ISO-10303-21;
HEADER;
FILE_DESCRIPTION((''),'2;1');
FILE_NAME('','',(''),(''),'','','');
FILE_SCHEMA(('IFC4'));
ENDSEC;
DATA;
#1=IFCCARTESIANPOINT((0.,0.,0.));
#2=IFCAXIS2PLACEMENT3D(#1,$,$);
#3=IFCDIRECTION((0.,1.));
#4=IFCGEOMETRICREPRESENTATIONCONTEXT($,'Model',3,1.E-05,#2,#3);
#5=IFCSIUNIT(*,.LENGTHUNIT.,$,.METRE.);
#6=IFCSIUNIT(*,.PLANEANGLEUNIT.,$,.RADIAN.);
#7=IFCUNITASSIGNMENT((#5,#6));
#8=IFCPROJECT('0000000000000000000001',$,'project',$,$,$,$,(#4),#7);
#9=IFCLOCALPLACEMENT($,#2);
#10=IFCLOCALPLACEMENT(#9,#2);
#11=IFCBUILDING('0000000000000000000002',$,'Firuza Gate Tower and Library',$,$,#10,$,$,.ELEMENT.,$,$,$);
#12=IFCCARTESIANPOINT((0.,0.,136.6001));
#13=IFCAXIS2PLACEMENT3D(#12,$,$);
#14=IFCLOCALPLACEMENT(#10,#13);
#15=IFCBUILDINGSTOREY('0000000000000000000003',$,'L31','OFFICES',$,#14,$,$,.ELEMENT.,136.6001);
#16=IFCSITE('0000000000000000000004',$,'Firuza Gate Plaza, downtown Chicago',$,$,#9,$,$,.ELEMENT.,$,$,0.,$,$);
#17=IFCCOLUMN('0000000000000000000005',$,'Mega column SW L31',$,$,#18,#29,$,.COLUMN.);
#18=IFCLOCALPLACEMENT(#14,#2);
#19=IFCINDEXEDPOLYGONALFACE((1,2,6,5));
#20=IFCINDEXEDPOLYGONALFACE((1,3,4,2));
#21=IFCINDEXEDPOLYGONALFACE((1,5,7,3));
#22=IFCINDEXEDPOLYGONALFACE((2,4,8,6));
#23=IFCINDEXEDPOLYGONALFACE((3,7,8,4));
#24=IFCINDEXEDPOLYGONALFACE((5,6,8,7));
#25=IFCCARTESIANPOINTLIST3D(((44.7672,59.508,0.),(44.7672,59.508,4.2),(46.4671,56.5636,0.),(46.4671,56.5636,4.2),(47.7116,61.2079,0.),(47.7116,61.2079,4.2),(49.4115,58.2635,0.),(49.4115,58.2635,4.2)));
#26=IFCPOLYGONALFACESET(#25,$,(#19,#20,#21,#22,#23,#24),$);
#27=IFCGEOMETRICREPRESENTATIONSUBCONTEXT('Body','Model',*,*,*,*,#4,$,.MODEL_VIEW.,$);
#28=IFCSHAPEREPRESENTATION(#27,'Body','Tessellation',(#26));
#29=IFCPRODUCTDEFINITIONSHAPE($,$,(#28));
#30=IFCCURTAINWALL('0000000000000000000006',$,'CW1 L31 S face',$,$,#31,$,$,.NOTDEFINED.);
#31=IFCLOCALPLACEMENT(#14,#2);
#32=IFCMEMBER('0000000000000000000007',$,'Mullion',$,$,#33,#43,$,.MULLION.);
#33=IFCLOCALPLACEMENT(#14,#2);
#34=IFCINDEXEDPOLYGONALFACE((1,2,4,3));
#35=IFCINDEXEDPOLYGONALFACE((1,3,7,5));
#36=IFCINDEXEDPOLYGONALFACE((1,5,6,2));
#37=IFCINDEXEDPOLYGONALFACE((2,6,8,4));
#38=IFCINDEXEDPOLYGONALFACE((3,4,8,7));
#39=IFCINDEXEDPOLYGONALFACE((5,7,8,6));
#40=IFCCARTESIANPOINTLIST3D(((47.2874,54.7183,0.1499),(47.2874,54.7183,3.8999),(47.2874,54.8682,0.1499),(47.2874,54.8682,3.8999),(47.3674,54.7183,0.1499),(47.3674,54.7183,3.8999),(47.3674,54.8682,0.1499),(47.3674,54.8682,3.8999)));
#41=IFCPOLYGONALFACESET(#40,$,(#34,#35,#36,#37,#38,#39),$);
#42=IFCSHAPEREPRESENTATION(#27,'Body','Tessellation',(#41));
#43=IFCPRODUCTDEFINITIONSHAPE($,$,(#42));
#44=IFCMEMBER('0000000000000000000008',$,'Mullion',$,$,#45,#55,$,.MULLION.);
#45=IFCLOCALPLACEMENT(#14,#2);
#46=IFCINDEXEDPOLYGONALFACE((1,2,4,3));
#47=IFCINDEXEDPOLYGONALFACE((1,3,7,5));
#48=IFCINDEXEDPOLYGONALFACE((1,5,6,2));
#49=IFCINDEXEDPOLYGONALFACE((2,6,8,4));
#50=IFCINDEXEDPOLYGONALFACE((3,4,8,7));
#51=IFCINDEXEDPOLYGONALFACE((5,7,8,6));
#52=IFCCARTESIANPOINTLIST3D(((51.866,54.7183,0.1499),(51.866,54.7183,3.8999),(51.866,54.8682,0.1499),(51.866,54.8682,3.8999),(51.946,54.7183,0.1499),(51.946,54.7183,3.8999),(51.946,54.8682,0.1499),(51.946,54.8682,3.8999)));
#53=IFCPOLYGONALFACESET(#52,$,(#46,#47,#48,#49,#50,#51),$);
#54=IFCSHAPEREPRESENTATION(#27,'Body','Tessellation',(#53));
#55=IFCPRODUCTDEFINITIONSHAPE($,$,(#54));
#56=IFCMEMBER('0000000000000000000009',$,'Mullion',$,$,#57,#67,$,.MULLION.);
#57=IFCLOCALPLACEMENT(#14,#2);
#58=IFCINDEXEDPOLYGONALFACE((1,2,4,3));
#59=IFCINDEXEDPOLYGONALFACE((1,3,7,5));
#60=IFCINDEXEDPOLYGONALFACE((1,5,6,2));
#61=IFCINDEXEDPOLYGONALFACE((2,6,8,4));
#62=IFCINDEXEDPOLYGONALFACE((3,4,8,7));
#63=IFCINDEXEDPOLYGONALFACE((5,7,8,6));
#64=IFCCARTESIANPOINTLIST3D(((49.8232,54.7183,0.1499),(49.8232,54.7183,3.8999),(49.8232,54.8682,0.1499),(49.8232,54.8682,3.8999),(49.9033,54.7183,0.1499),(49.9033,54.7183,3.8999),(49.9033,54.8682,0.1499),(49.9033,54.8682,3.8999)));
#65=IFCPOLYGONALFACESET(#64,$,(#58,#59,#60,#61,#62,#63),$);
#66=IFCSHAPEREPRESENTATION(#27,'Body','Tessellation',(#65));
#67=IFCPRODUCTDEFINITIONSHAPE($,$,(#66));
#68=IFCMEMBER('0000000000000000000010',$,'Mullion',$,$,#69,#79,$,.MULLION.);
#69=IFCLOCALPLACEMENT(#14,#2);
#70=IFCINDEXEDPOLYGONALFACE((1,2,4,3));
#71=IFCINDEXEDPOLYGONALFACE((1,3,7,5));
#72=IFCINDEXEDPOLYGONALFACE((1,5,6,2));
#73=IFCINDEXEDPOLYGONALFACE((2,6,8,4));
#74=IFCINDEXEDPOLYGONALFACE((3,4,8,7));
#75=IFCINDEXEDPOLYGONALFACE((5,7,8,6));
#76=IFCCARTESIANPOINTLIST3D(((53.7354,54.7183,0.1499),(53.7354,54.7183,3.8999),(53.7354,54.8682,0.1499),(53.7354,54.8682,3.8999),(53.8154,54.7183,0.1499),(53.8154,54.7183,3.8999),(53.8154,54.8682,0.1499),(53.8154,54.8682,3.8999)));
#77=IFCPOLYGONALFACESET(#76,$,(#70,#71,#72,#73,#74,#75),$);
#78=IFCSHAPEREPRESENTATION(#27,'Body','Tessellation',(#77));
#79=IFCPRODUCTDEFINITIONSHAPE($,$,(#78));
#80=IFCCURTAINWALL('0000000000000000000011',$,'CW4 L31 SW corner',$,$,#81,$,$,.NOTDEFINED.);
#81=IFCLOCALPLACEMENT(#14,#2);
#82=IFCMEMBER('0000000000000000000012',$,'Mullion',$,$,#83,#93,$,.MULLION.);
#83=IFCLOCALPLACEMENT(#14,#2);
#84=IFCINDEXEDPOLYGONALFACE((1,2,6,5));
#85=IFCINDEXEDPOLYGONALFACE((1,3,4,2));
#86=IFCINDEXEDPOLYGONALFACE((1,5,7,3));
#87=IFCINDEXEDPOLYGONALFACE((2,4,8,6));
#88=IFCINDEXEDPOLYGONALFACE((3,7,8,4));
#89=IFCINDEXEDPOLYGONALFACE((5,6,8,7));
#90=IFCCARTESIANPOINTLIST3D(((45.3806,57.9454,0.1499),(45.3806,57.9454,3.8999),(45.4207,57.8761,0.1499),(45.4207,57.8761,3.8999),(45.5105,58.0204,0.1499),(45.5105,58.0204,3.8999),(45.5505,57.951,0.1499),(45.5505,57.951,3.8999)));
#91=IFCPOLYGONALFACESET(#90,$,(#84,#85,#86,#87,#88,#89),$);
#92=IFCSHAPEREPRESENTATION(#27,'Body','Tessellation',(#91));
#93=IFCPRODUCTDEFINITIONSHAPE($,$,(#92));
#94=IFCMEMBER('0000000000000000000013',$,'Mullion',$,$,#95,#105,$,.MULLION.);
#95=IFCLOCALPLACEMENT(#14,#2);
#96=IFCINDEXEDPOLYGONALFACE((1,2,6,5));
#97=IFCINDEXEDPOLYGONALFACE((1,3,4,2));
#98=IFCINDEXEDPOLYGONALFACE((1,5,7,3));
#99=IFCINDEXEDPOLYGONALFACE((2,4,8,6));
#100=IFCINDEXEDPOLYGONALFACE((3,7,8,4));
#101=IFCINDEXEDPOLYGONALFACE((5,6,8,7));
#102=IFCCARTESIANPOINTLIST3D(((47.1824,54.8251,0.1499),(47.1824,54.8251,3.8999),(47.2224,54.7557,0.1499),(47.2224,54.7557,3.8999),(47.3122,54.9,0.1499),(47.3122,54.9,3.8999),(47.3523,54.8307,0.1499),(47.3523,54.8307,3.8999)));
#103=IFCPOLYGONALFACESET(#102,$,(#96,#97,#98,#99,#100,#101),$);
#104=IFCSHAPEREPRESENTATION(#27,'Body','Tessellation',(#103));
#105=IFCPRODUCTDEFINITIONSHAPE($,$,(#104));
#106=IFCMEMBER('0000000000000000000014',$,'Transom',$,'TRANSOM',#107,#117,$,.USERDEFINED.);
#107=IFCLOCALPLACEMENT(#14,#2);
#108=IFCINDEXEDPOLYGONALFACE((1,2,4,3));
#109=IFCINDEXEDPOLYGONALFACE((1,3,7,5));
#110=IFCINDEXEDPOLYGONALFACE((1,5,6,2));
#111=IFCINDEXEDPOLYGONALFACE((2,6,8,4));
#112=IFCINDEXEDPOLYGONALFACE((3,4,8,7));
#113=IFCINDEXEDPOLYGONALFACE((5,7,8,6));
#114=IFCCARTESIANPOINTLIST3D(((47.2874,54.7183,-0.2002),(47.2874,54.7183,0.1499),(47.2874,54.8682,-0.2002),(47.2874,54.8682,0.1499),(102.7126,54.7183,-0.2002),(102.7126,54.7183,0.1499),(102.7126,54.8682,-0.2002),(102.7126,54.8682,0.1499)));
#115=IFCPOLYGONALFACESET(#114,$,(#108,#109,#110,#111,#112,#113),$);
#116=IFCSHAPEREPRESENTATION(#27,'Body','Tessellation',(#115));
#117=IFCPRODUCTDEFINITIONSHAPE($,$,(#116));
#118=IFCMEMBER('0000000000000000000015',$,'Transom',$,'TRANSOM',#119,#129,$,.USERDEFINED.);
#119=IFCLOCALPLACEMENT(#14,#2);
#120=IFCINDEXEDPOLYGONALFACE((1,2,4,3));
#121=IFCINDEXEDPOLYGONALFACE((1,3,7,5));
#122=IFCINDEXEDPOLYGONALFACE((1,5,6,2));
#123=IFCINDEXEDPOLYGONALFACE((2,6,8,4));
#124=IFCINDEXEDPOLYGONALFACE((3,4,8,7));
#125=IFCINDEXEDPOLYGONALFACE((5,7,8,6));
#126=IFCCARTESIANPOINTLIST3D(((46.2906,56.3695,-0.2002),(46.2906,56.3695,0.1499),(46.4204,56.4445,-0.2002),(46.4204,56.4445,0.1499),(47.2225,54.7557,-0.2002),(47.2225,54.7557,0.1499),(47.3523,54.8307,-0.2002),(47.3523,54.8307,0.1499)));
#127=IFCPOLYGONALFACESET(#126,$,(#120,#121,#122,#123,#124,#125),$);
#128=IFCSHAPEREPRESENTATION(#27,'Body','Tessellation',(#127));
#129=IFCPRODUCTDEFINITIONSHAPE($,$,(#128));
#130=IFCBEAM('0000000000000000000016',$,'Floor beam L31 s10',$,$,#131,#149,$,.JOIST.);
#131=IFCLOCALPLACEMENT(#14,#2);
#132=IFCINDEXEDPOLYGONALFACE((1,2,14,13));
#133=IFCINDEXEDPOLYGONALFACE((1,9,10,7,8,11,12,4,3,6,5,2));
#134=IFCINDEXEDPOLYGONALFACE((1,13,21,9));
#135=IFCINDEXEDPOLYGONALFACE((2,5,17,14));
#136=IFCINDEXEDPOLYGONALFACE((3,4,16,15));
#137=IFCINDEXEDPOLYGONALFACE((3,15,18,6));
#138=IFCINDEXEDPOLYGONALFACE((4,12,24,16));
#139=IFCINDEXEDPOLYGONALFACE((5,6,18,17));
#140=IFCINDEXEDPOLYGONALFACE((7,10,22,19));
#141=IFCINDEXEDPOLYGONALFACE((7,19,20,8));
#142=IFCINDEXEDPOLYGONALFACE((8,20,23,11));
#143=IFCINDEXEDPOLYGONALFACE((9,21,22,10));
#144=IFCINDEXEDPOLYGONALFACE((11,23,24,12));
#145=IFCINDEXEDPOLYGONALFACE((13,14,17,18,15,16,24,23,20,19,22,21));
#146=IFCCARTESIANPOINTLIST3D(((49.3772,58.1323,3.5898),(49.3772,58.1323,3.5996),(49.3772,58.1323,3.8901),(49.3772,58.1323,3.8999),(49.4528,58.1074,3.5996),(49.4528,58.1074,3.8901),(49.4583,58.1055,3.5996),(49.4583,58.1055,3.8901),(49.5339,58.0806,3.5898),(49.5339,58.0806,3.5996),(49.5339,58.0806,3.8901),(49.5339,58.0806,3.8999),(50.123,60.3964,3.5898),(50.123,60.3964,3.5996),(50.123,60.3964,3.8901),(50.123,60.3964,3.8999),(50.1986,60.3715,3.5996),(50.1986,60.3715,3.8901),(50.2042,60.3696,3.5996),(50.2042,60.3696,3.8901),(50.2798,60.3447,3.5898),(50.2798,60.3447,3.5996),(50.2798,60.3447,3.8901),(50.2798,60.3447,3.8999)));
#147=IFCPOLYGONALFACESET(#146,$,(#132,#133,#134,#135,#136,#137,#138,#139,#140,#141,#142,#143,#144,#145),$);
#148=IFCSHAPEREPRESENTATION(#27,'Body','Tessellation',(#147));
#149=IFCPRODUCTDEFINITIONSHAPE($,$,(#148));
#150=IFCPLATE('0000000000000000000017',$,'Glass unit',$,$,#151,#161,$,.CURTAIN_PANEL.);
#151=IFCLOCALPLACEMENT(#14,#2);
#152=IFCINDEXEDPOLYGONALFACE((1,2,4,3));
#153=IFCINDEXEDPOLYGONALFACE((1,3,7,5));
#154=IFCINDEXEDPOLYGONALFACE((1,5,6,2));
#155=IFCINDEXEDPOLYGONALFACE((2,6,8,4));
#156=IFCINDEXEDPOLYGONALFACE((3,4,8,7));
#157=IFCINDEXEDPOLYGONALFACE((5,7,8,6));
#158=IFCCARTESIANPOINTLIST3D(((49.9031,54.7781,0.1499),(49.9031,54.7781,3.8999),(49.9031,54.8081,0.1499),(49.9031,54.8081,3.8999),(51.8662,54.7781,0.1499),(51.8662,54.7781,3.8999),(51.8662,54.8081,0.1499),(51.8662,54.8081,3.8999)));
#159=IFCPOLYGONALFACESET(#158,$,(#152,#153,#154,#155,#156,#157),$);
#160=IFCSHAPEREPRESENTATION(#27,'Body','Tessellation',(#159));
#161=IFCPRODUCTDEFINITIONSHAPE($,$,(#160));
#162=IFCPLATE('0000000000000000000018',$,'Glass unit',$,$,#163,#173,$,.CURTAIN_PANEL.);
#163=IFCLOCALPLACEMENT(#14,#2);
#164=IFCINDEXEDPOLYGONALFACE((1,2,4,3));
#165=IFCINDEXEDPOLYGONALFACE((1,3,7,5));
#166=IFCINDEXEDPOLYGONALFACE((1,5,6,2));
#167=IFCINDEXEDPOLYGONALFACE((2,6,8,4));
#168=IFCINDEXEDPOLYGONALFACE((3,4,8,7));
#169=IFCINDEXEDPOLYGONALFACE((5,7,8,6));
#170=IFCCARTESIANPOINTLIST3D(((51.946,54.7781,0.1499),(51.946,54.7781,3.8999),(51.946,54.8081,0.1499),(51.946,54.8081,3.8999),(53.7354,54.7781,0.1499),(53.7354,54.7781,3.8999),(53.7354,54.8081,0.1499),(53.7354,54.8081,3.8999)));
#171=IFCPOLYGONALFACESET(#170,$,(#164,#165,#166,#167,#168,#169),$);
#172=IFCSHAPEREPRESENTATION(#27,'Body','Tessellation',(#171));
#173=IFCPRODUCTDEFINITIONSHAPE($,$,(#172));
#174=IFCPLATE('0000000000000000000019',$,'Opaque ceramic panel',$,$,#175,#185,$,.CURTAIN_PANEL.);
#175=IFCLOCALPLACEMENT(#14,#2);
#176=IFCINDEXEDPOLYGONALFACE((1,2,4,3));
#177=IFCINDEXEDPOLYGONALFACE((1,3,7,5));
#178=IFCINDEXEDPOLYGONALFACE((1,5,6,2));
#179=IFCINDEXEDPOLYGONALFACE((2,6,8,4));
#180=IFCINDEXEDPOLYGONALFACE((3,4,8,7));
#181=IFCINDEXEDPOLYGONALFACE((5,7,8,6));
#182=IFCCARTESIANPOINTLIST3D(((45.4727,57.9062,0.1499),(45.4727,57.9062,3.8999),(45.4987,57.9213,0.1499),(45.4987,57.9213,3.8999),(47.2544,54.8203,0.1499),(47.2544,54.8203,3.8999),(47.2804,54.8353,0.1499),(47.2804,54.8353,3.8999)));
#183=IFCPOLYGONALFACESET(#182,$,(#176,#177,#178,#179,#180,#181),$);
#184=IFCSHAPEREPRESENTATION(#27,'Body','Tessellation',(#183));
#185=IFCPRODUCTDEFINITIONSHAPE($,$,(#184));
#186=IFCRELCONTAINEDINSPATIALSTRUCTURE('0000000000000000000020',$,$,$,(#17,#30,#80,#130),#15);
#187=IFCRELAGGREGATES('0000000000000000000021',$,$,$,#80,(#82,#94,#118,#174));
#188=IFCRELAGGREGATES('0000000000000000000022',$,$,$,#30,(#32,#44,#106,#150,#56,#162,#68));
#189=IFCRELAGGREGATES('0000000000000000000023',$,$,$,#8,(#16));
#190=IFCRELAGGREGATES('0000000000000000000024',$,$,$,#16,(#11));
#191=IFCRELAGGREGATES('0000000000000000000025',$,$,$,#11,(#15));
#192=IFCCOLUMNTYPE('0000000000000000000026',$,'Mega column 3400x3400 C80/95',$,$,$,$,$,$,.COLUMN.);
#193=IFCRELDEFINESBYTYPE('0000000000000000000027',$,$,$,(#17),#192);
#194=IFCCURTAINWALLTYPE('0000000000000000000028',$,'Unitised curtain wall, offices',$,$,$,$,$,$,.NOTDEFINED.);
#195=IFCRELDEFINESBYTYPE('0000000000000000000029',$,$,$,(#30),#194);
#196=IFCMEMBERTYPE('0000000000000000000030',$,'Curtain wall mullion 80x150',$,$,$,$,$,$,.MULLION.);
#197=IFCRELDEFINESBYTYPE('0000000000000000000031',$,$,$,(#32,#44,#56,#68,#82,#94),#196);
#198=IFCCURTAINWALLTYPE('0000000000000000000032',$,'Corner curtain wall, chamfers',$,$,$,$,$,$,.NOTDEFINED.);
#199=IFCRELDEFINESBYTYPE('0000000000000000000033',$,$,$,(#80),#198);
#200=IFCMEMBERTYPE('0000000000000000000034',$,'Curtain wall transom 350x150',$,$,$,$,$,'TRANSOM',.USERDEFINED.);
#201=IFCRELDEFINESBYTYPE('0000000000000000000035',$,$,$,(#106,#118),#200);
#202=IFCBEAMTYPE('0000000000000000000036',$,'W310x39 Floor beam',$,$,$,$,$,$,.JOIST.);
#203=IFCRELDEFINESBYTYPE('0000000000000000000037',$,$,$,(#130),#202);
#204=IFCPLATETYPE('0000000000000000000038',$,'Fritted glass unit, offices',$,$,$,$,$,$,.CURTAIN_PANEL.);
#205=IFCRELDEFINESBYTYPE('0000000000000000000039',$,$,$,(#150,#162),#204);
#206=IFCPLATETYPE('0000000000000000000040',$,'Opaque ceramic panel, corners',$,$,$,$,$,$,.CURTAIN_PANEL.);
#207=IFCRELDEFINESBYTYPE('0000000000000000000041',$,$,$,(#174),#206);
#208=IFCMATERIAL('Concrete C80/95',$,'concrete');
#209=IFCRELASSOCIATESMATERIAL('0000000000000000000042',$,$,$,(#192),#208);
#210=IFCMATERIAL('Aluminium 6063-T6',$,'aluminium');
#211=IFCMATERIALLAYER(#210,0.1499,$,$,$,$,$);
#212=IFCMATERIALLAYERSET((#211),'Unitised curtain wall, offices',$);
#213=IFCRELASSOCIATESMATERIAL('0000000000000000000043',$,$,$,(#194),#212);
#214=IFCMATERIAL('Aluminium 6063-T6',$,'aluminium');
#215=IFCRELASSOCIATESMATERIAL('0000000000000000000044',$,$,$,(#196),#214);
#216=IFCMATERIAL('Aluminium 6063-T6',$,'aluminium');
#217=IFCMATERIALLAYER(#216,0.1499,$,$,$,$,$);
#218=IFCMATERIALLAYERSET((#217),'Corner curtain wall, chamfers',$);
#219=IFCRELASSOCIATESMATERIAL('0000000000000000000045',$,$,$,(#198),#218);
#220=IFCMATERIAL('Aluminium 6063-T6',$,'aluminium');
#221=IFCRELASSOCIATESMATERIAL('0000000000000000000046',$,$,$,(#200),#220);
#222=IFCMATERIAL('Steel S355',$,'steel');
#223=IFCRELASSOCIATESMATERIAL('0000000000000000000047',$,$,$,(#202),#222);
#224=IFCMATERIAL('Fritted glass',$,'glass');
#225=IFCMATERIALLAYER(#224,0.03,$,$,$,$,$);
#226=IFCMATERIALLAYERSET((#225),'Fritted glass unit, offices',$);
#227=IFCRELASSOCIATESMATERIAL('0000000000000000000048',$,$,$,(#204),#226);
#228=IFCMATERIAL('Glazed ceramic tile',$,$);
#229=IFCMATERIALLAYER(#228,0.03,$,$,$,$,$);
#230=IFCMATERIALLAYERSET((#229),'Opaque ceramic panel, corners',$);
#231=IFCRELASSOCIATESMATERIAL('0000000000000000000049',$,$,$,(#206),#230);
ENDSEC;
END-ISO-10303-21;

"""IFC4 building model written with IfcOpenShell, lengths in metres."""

from ifc_helpers import new_model, si_unit, direction, frame, origin, origin_2d, place, context, subcontext, project, spatial, polyline, rectangle, i_section, outline, extrude, material, layer, layer_set, material_profile, profile_set, type_object, element, aggregate, save


model = new_model("IFC4")

# Units and contexts
model_context = context("Model", 3, precision=1e-05, world=origin(), true_north=direction((0.0, 1.0)))
body_context = subcontext(model_context, "Body", "Model", "MODEL_VIEW")
ifc_project = project(units=[si_unit("LENGTHUNIT", "METRE"), si_unit("PLANEANGLEUNIT", "RADIAN")], contexts=[model_context])

# Site, building, storey
site_placement = place(None, origin())
site = spatial("IfcSite", under=ifc_project, at=site_placement, Name="Firuza Gate Plaza, downtown Chicago", CompositionType="ELEMENT", RefElevation=0.0)
building_placement = place(site_placement, origin())
building = spatial("IfcBuilding", under=site, at=building_placement, Name="Firuza Gate Tower and Library", CompositionType="ELEMENT")
storey_placement = place(building_placement, frame((0.0, 0.0, 136.6001)))
storey = spatial("IfcBuildingStorey", under=building, at=storey_placement, Name="L31", Description="OFFICES", CompositionType="ELEMENT", Elevation=136.6001)

# Column
ifc_material_1 = material(Name="Concrete C80/95", Category="concrete")
ifc_material_profile_1 = material_profile(ifc_material_1, rectangle(XDim=3.3999, YDim=3.3999, at=origin_2d()))
ifc_profile_set_1 = profile_set([ifc_material_profile_1], Name="Concrete C80/95")
column_type = type_object("IfcColumnType", Name="Mega column 3400x3400 C80/95", PredefinedType="COLUMN", material=ifc_profile_set_1)
column_placement = place(storey_placement, frame((47.0894, 58.8857, 0.0), z_axis=(0.0, 0.0, 1.0), x_axis=(0.5, -0.866025, 0.0)))
element("IfcColumn", 1, at=column_placement, inside=storey, type_object=column_type, Name="Mega column SW L31", PredefinedType="COLUMN", context=body_context, shape_type="SweptSolid", body=[
    extrude(rectangle(XDim=3.3999, YDim=3.3999, at=origin_2d()), origin(), (0.0, 0.0, 1.0), 4.2),
])

# Curtain walls, members
ifc_material_2 = material(Name="Aluminium 6063-T6", Category="aluminium")
ifc_layer_1 = layer(ifc_material_2, 0.1499)
ifc_layer_set_1 = layer_set([ifc_layer_1], Name="Unitised curtain wall, offices")
curtain_wall_type_1 = type_object("IfcCurtainWallType", Name="Unitised curtain wall, offices", PredefinedType="NOTDEFINED", material=ifc_layer_set_1)
placement_1 = place(storey_placement, origin())
curtain_wall_1 = element("IfcCurtainWall", 2, at=placement_1, inside=storey, type_object=curtain_wall_type_1, Name="CW1 L31 S face", PredefinedType="NOTDEFINED")
ifc_material_3 = material(Name="Aluminium 6063-T6", Category="aluminium")
ifc_material_profile_2 = material_profile(ifc_material_3, rectangle(XDim=0.1499, YDim=0.0801, at=origin_2d()))
ifc_profile_set_2 = profile_set([ifc_material_profile_2], Name="Aluminium 6063-T6")
member_type_1 = type_object("IfcMemberType", Name="Curtain wall mullion 80x150", PredefinedType="MULLION", material=ifc_profile_set_2)
member_1_placement = place(storey_placement, frame((47.3274, 54.7932, 0.1499), z_axis=(0.0, 0.0, 1.0), x_axis=(0.0, 1.0, 0.0)))
member_1 = element("IfcMember", 3, at=member_1_placement, type_object=member_type_1, Name="Mullion", PredefinedType="MULLION", context=body_context, shape_type="SweptSolid", body=[
    extrude(rectangle(XDim=0.1499, YDim=0.0801, at=origin_2d()), origin(), (0.0, 0.0, 1.0), 3.75),
])
member_2_placement = place(storey_placement, frame((51.906, 54.7932, 0.1499), z_axis=(0.0, 0.0, 1.0), x_axis=(0.0, 1.0, 0.0)))
member_2 = element("IfcMember", 4, at=member_2_placement, type_object=member_type_1, Name="Mullion", PredefinedType="MULLION", context=body_context, shape_type="SweptSolid", body=[
    extrude(rectangle(XDim=0.1499, YDim=0.0801, at=origin_2d()), origin(), (0.0, 0.0, 1.0), 3.75),
])
member_3_placement = place(storey_placement, frame((49.8633, 54.7932, 0.1499), z_axis=(0.0, 0.0, 1.0), x_axis=(0.0, 1.0, 0.0)))
member_3 = element("IfcMember", 5, at=member_3_placement, type_object=member_type_1, Name="Mullion", PredefinedType="MULLION", context=body_context, shape_type="SweptSolid", body=[
    extrude(rectangle(XDim=0.1499, YDim=0.0801, at=origin_2d()), origin(), (0.0, 0.0, 1.0), 3.75),
])
member_4_placement = place(storey_placement, frame((53.7754, 54.7932, 0.1499), z_axis=(0.0, 0.0, 1.0), x_axis=(0.0, 1.0, 0.0)))
member_4 = element("IfcMember", 6, at=member_4_placement, type_object=member_type_1, Name="Mullion", PredefinedType="MULLION", context=body_context, shape_type="SweptSolid", body=[
    extrude(rectangle(XDim=0.1499, YDim=0.0801, at=origin_2d()), origin(), (0.0, 0.0, 1.0), 3.75),
])
ifc_material_4 = material(Name="Aluminium 6063-T6", Category="aluminium")
ifc_layer_2 = layer(ifc_material_4, 0.1499)
ifc_layer_set_2 = layer_set([ifc_layer_2], Name="Corner curtain wall, chamfers")
curtain_wall_type_2 = type_object("IfcCurtainWallType", Name="Corner curtain wall, chamfers", PredefinedType="NOTDEFINED", material=ifc_layer_set_2)
curtain_wall_2 = element("IfcCurtainWall", 7, at=placement_1, inside=storey, type_object=curtain_wall_type_2, Name="CW4 L31 SW corner", PredefinedType="NOTDEFINED")
member_5_placement = place(storey_placement, frame((45.4656, 57.9482, 0.1499), z_axis=(0.0, 0.0, 1.0), x_axis=(0.866025, 0.5, 0.0)))
member_5 = element("IfcMember", 8, at=member_5_placement, type_object=member_type_1, Name="Mullion", PredefinedType="MULLION", context=body_context, shape_type="SweptSolid", body=[
    extrude(rectangle(XDim=0.1499, YDim=0.0801, at=origin_2d()), origin(), (0.0, 0.0, 1.0), 3.75),
])
member_6_placement = place(storey_placement, frame((47.2673, 54.8279, 0.1499), z_axis=(0.0, 0.0, 1.0), x_axis=(0.866025, 0.5, 0.0)))
member_6 = element("IfcMember", 9, at=member_6_placement, type_object=member_type_1, Name="Mullion", PredefinedType="MULLION", context=body_context, shape_type="SweptSolid", body=[
    extrude(rectangle(XDim=0.1499, YDim=0.0801, at=origin_2d()), origin(), (0.0, 0.0, 1.0), 3.75),
])

# Members
ifc_material_5 = material(Name="Aluminium 6063-T6", Category="aluminium")
ifc_material_profile_3 = material_profile(ifc_material_5, rectangle(XDim=0.1499, YDim=0.3501, at=origin_2d()))
ifc_profile_set_3 = profile_set([ifc_material_profile_3], Name="Aluminium 6063-T6")
member_type_2 = type_object("IfcMemberType", Name="Curtain wall transom 350x150", ElementType="TRANSOM", PredefinedType="USERDEFINED", material=ifc_profile_set_3)
member_7_placement = place(storey_placement, frame((47.2874, 54.7932, -0.0251), z_axis=(1.0, 0.0, 0.0), x_axis=(0.0, 1.0, 0.0)))
member_7 = element("IfcMember", 10, at=member_7_placement, type_object=member_type_2, Name="Transom", ObjectType="TRANSOM", PredefinedType="USERDEFINED", context=body_context, shape_type="SweptSolid", body=[
    extrude(rectangle(XDim=0.1499, YDim=0.3501, at=origin_2d()), origin(), (0.0, 0.0, 1.0), 55.4253),
])
member_8_placement = place(storey_placement, frame((46.3555, 56.407, -0.0251), z_axis=(0.50007, -0.865985, 0.0), x_axis=(0.865985, 0.50007, 0.0)))
member_8 = element("IfcMember", 11, at=member_8_placement, type_object=member_type_2, Name="Transom", ObjectType="TRANSOM", PredefinedType="USERDEFINED", context=body_context, shape_type="SweptSolid", body=[
    extrude(rectangle(XDim=0.1499, YDim=0.3501, at=origin_2d()), origin(), (0.0, 0.0, 1.0), 1.8635),
])

# Beam
ifc_material_6 = material(Name="Steel S355", Category="steel")
ifc_material_profile_4 = material_profile(ifc_material_6, i_section(OverallWidth=0.165, OverallDepth=0.3101, WebThickness=0.0059, FlangeThickness=0.0098, at=origin_2d()))
ifc_profile_set_4 = profile_set([ifc_material_profile_4], Name="Steel S355")
beam_type = type_object("IfcBeamType", Name="W310x39 Floor beam", PredefinedType="JOIST", material=ifc_profile_set_4)
beam_placement = place(storey_placement, frame((49.4556, 58.1064, 3.7449), z_axis=(0.312877, 0.949794, 0.0), x_axis=(-0.949794, 0.312877, 0.0)))
element("IfcBeam", 12, at=beam_placement, inside=storey, type_object=beam_type, Name="Floor beam L31 s10", PredefinedType="JOIST", context=body_context, shape_type="SweptSolid", body=[
    extrude(i_section(OverallWidth=0.165, OverallDepth=0.3101, WebThickness=0.0059, FlangeThickness=0.0098, at=origin_2d()), origin(), (0.0, 0.0, 1.0), 2.3838),
])

# Plates
ifc_material_7 = material(Name="Fritted glass", Category="glass")
ifc_layer_3 = layer(ifc_material_7, 0.03)
ifc_layer_set_3 = layer_set([ifc_layer_3], Name="Fritted glass unit, offices")
plate_type_1 = type_object("IfcPlateType", Name="Fritted glass unit, offices", PredefinedType="CURTAIN_PANEL", material=ifc_layer_set_3)
plate_1_placement = place(storey_placement, frame((49.9031, 54.7781, 0.1499), z_axis=(0.0, -1.0, 0.0), x_axis=(1.0, 0.0, 0.0)))
plate_1 = element("IfcPlate", 13, at=plate_1_placement, type_object=plate_type_1, Name="Glass unit", PredefinedType="CURTAIN_PANEL", context=body_context, shape_type="SweptSolid", body=[
    extrude(outline(polyline([(0.0, 0.0), (1.9631, 0.0), (1.9631, 3.75), (0.0, 3.75), (0.0, 0.0)])), origin(), (0.0, 0.0, -1.0), 0.03),
])
plate_2_placement = place(storey_placement, frame((51.946, 54.7781, 0.1499), z_axis=(0.0, -1.0, 0.0), x_axis=(1.0, 0.0, 0.0)))
plate_2 = element("IfcPlate", 14, at=plate_2_placement, type_object=plate_type_1, Name="Glass unit", PredefinedType="CURTAIN_PANEL", context=body_context, shape_type="SweptSolid", body=[
    extrude(outline(polyline([(0.0, 0.0), (1.7893, 0.0), (1.7893, 3.75), (0.0, 3.75), (0.0, 0.0)])), origin(), (0.0, 0.0, -1.0), 0.03),
])
ifc_material_8 = material(Name="Glazed ceramic tile")
ifc_layer_4 = layer(ifc_material_8, 0.03)
ifc_layer_set_4 = layer_set([ifc_layer_4], Name="Opaque ceramic panel, corners")
plate_type_2 = type_object("IfcPlateType", Name="Opaque ceramic panel, corners", PredefinedType="CURTAIN_PANEL", material=ifc_layer_set_4)
plate_3_placement = place(storey_placement, frame((45.4727, 57.9062, 0.1499), z_axis=(-0.866017, -0.500015, 0.0), x_axis=(0.500015, -0.866017, 0.0)))
plate_3 = element("IfcPlate", 15, at=plate_3_placement, type_object=plate_type_2, Name="Opaque ceramic panel", PredefinedType="CURTAIN_PANEL", context=body_context, shape_type="SweptSolid", body=[
    extrude(outline(polyline([(0.0, 0.0), (3.5634, 0.0), (3.5634, 3.75), (0.0, 3.75), (0.0, 0.0)])), origin(), (0.0, 0.0, -1.0), 0.03),
])
aggregate(curtain_wall_2, [member_5, member_6, member_8, plate_3])
aggregate(curtain_wall_1, [member_1, member_2, member_7, plate_1, member_3, plate_2, member_4])

save(model, "model.ifc")
